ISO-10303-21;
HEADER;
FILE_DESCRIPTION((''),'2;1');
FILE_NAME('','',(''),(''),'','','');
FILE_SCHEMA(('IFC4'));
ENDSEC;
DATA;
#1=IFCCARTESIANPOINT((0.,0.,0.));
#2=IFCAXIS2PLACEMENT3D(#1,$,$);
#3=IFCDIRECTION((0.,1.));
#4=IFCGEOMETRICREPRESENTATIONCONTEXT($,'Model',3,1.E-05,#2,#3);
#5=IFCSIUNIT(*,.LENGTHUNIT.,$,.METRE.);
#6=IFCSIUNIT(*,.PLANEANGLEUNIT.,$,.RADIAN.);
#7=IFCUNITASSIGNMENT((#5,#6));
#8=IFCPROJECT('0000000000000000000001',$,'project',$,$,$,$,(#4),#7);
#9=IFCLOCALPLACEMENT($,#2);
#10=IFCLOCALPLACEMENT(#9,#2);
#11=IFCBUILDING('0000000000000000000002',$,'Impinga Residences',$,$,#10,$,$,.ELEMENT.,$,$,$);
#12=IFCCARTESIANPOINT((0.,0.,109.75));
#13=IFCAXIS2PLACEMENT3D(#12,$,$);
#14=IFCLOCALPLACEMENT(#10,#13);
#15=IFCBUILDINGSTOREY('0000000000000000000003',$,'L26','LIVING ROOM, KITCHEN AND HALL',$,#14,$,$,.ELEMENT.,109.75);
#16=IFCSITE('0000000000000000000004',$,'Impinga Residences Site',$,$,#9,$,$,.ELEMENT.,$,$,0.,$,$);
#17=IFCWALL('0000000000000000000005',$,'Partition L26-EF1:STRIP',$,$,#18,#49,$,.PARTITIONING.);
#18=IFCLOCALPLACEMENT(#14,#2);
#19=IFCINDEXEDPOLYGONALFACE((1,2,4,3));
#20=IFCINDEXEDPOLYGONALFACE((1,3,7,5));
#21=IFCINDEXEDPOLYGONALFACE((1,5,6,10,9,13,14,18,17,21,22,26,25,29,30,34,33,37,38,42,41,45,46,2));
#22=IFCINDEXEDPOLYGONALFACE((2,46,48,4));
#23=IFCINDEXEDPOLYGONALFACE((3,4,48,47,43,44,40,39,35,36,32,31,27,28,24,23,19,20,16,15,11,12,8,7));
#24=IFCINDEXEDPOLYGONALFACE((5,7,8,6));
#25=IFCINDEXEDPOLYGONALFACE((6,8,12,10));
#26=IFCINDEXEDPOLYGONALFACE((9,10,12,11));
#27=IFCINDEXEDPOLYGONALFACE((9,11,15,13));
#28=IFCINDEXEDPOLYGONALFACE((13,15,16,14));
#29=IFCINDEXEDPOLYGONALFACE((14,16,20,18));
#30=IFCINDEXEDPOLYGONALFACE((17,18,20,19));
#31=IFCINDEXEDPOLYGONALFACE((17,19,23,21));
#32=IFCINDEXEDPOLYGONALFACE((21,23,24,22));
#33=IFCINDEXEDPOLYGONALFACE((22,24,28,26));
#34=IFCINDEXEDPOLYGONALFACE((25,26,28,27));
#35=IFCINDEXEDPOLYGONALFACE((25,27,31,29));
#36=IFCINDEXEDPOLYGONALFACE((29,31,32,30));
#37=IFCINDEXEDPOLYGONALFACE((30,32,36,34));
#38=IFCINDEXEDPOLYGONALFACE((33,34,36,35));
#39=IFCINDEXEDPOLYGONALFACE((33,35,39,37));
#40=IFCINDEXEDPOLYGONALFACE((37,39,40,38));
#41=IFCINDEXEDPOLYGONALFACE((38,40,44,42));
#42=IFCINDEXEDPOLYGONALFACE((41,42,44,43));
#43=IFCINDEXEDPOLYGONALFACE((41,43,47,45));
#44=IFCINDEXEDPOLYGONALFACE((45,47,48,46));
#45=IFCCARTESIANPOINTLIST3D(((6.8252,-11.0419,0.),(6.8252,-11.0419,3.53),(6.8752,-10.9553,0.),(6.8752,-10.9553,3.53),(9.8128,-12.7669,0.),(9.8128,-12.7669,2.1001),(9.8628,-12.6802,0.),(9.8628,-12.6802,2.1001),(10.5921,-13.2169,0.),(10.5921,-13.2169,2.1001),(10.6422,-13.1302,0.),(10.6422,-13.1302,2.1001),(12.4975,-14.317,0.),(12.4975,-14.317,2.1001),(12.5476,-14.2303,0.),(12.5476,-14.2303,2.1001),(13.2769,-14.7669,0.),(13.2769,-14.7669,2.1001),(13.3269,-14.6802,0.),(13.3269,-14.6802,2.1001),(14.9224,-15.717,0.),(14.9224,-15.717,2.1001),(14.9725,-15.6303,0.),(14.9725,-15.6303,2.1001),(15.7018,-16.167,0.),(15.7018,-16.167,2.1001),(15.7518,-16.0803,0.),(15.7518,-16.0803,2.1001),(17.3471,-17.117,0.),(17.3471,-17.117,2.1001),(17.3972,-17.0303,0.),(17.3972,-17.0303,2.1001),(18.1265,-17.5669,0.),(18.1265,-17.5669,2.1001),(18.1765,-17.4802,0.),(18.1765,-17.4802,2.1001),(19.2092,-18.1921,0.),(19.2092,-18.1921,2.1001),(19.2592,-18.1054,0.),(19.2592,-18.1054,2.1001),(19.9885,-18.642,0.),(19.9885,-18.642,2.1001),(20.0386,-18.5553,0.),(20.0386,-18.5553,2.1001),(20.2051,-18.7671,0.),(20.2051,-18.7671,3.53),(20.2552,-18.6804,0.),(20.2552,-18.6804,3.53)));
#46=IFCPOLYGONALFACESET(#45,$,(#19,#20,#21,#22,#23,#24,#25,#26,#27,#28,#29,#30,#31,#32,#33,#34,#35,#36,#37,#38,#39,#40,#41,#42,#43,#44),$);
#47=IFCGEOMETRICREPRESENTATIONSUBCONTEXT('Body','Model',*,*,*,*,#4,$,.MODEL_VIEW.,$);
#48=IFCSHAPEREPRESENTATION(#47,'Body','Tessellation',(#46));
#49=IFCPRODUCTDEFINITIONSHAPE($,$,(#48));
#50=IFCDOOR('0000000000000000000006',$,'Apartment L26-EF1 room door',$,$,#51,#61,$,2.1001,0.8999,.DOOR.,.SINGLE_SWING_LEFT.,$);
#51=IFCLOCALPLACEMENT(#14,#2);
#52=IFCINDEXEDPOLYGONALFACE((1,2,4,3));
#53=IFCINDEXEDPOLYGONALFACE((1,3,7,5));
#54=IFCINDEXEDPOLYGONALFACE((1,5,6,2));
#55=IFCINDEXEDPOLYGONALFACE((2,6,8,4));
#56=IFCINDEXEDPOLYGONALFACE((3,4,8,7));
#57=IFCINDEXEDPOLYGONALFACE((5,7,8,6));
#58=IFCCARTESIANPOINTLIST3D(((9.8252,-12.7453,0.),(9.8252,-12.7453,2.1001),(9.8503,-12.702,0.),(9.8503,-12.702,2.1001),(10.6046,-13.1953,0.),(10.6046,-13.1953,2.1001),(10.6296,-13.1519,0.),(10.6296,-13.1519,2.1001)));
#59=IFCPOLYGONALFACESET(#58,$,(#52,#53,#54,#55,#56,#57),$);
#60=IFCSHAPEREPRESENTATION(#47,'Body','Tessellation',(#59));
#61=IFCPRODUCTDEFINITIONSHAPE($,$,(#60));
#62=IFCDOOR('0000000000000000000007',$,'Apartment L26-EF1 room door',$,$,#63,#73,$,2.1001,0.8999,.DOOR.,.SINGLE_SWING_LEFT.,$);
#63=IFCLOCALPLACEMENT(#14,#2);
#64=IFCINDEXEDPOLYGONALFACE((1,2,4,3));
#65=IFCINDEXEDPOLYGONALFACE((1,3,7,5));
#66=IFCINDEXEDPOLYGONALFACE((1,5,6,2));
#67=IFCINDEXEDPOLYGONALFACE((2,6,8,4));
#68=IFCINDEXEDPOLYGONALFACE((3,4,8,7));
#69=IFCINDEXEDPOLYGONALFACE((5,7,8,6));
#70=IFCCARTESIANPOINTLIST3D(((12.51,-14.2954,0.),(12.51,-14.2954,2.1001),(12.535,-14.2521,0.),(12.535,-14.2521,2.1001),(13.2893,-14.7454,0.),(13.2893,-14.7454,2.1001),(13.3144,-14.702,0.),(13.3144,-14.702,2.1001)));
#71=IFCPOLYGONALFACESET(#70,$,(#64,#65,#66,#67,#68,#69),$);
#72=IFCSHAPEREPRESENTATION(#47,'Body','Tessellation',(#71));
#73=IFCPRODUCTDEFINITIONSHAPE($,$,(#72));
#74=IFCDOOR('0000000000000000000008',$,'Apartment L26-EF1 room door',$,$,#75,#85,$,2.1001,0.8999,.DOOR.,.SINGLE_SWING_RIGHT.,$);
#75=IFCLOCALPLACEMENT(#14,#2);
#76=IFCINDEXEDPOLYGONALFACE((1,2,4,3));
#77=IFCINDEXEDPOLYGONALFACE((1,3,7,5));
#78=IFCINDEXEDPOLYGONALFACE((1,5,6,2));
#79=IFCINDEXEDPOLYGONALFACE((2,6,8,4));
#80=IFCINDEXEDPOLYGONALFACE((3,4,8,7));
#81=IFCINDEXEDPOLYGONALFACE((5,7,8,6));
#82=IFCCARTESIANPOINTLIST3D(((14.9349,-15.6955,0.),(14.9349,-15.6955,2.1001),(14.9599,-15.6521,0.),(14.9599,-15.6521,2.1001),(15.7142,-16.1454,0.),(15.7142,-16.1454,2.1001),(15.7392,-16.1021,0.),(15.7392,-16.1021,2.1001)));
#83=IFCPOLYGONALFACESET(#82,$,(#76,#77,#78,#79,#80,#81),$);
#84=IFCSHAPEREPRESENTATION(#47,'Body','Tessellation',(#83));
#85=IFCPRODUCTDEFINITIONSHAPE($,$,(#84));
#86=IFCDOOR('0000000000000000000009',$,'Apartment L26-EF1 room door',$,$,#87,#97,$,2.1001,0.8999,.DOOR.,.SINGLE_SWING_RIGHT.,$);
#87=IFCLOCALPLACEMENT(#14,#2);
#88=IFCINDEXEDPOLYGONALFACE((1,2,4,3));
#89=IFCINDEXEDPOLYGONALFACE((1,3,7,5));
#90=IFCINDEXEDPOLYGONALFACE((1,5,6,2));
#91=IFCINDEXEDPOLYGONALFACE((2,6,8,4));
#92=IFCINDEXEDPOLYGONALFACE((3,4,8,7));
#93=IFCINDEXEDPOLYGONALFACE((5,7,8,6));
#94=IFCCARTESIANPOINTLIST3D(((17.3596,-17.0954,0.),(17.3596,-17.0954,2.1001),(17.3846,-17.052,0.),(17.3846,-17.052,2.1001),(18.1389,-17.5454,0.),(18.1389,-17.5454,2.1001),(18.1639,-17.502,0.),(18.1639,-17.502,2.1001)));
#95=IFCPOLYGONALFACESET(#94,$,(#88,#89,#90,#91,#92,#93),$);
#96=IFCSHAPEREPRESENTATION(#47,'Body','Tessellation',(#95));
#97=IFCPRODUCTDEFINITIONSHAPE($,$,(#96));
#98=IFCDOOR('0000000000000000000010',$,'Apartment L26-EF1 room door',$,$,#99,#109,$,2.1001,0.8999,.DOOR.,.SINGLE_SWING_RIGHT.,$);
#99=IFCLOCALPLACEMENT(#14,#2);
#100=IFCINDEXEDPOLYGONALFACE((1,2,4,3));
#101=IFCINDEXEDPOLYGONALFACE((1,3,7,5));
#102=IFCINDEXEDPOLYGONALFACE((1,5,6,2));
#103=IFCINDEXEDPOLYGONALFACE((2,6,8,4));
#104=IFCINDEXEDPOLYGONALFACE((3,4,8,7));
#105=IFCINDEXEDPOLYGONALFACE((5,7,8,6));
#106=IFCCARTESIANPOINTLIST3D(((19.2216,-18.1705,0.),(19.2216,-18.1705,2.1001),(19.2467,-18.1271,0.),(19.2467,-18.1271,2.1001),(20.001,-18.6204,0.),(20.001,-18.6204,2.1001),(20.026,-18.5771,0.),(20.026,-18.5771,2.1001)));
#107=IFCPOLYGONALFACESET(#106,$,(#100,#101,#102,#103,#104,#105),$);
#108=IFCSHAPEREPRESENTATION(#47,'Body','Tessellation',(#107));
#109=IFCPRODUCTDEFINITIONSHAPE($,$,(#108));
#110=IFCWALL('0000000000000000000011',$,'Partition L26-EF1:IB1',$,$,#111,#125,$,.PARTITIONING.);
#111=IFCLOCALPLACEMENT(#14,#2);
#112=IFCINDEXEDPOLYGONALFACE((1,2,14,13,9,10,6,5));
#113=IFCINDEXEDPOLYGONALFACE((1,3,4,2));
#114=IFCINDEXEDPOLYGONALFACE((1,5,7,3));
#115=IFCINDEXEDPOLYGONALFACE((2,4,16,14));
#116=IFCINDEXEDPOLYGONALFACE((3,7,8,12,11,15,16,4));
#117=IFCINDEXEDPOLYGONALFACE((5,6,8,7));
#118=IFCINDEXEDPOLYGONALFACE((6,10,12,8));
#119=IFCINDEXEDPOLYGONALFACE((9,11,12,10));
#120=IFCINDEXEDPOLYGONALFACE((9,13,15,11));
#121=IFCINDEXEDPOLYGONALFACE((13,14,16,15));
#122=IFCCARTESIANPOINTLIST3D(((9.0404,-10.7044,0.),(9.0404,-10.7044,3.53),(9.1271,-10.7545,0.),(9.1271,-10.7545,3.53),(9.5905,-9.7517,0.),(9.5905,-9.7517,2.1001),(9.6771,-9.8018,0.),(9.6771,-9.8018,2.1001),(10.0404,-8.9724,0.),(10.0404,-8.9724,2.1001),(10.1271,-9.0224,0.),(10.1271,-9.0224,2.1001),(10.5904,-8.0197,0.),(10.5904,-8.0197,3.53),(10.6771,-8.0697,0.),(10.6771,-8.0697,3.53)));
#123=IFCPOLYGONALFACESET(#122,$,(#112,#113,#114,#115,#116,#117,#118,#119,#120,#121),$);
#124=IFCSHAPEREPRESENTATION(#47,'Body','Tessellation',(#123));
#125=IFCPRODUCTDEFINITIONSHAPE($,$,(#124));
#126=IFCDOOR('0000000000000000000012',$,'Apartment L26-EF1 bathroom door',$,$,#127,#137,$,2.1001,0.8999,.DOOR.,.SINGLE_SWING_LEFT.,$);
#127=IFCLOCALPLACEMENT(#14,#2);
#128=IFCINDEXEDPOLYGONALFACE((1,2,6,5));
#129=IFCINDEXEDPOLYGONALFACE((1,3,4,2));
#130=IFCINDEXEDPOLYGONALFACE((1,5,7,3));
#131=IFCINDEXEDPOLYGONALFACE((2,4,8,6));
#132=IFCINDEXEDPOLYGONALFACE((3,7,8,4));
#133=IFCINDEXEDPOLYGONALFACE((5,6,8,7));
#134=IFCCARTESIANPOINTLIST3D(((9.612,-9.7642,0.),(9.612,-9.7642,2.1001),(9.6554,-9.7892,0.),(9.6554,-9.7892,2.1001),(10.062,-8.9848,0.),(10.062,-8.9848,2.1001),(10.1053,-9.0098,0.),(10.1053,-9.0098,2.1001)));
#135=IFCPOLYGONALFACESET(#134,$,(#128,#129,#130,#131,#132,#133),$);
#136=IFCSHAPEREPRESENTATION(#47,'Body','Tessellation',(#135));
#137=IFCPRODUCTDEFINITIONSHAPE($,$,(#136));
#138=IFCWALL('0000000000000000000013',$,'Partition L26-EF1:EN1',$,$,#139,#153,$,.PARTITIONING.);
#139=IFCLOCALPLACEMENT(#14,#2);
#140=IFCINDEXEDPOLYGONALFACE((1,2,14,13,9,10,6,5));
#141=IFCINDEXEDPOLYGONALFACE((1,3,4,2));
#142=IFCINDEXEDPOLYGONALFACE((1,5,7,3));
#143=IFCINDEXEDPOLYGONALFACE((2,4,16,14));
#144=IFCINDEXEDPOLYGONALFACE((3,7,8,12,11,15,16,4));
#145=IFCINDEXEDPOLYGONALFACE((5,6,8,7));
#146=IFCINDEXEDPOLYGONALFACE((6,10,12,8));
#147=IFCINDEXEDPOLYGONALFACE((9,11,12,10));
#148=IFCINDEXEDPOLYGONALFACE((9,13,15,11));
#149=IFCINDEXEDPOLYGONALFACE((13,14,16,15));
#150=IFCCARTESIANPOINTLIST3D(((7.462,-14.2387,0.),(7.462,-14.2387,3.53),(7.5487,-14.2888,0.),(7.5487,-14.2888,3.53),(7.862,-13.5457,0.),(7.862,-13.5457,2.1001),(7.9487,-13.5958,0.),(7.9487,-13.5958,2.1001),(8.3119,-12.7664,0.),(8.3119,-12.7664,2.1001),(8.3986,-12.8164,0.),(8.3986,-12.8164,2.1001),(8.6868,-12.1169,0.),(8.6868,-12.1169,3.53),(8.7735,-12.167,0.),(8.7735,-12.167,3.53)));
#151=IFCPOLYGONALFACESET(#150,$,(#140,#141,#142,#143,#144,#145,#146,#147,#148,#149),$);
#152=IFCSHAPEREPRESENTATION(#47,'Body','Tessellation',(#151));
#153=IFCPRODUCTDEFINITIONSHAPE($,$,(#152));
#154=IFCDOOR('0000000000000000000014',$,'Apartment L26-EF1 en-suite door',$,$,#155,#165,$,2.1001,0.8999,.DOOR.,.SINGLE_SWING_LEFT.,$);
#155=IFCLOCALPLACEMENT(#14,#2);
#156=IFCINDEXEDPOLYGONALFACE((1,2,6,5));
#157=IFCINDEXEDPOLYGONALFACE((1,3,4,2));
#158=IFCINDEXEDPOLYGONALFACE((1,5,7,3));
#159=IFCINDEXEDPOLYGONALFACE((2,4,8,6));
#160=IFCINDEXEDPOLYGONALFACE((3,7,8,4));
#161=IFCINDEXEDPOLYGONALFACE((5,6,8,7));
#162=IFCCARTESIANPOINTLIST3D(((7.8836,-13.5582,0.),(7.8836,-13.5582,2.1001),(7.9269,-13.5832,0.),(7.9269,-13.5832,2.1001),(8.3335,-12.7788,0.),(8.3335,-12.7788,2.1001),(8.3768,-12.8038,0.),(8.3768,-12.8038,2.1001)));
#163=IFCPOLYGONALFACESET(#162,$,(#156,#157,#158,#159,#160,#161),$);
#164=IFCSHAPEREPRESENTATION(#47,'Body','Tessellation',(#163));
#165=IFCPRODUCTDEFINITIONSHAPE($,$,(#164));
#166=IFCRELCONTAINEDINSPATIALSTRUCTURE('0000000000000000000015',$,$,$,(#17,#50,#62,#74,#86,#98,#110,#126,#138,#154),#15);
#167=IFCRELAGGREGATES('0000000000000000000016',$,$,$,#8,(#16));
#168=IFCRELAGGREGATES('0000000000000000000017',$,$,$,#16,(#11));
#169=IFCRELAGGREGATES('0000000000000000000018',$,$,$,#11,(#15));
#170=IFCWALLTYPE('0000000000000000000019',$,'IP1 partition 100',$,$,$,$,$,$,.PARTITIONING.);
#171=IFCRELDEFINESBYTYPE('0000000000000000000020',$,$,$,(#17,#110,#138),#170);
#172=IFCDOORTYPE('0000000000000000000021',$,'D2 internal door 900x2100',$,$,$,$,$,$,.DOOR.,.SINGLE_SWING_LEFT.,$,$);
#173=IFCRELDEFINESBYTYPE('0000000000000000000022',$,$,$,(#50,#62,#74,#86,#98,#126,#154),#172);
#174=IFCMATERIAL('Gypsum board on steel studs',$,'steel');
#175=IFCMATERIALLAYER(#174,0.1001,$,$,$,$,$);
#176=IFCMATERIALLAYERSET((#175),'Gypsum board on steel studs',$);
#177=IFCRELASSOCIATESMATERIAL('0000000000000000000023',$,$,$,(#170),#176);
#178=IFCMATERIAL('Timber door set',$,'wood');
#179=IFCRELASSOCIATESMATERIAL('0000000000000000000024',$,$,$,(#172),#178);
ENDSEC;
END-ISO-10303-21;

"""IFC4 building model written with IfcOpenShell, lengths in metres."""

from ifc_helpers import new_model, si_unit, direction, frame, frame_2d, origin, place, context, subcontext, project, spatial, rectangle, extrude, material, layer, layer_set, type_object, element, fill, save


model = new_model("IFC4")

# Units and contexts
model_context = context("Model", 3, precision=1e-05, world=origin(), true_north=direction((0.0, 1.0)))
body_context = subcontext(model_context, "Body", "Model", "MODEL_VIEW")
ifc_project = project(units=[si_unit("LENGTHUNIT", "METRE"), si_unit("PLANEANGLEUNIT", "RADIAN")], contexts=[model_context])

# Site, building, storey
site_placement = place(None, origin())
site = spatial("IfcSite", under=ifc_project, at=site_placement, Name="Impinga Residences Site", CompositionType="ELEMENT", RefElevation=0.0)
building_placement = place(site_placement, origin())
building = spatial("IfcBuilding", under=site, at=building_placement, Name="Impinga Residences", CompositionType="ELEMENT")
storey_placement = place(building_placement, frame((0.0, 0.0, 109.75)))
storey = spatial("IfcBuildingStorey", under=building, at=storey_placement, Name="L26", Description="LIVING ROOM, KITCHEN AND HALL", CompositionType="ELEMENT", Elevation=109.75)

# Shared definitions
ifc_material_1 = material(Name="Gypsum board on steel studs", Category="steel")
ifc_layer_1 = layer(ifc_material_1, 0.1001)
ifc_layer_set_1 = layer_set([ifc_layer_1], Name="Gypsum board on steel studs")
wall_type_1 = type_object("IfcWallType", Name="IP1 partition 100", PredefinedType="PARTITIONING", material=ifc_layer_set_1)

# Wall, openings, doors
wall_1_placement = place(storey_placement, frame((6.8501, -10.9985, 0.0), z_axis=(0.0, 0.0, 1.0), x_axis=(0.866019, -0.500011, 0.0)))
wall_1 = element("IfcWall", 1, at=wall_1_placement, inside=storey, type_object=wall_type_1, Name="Partition L26-EF1:STRIP", PredefinedType="PARTITIONING", context=body_context, shape_type="SweptSolid", body=[
    extrude(rectangle(XDim=15.45, YDim=0.1001, at=frame_2d((7.7251, 0.0))), origin(), (0.0, 0.0, 1.0), 3.53),
])
opening_1_placement = place(wall_1_placement, frame((3.45, 0.0, 0.0)))
opening_1 = element("IfcOpeningElement", 2, at=opening_1_placement, cuts=wall_1, PredefinedType="OPENING", context=body_context, shape_type="SweptSolid", body=[
    extrude(rectangle(XDim=0.8999, YDim=2.1001, at=frame_2d((0.45, 1.05))), frame((0.0, 0.0601, 0.0), z_axis=(0.0, -1.0, 0.0), x_axis=(1.0, 0.0, 0.0)), (0.0, 0.0, 1.0), 0.1201),
])
opening_2_placement = place(wall_1_placement, frame((6.55, 0.0, 0.0)))
opening_2 = element("IfcOpeningElement", 3, at=opening_2_placement, cuts=wall_1, PredefinedType="OPENING", context=body_context, shape_type="SweptSolid", body=[
    extrude(rectangle(XDim=0.8999, YDim=2.1001, at=frame_2d((0.45, 1.05))), frame((0.0, 0.0601, 0.0), z_axis=(0.0, -1.0, 0.0), x_axis=(1.0, 0.0, 0.0)), (0.0, 0.0, 1.0), 0.1201),
])
opening_3_placement = place(wall_1_placement, frame((9.3501, 0.0, 0.0)))
opening_3 = element("IfcOpeningElement", 4, at=opening_3_placement, cuts=wall_1, PredefinedType="OPENING", context=body_context, shape_type="SweptSolid", body=[
    extrude(rectangle(XDim=0.8999, YDim=2.1001, at=frame_2d((0.45, 1.05))), frame((0.0, 0.0601, 0.0), z_axis=(0.0, -1.0, 0.0), x_axis=(1.0, 0.0, 0.0)), (0.0, 0.0, 1.0), 0.1201),
])
opening_4_placement = place(wall_1_placement, frame((12.1499, 0.0, 0.0)))
opening_4 = element("IfcOpeningElement", 5, at=opening_4_placement, cuts=wall_1, PredefinedType="OPENING", context=body_context, shape_type="SweptSolid", body=[
    extrude(rectangle(XDim=0.8999, YDim=2.1001, at=frame_2d((0.45, 1.05))), frame((0.0, 0.0601, 0.0), z_axis=(0.0, -1.0, 0.0), x_axis=(1.0, 0.0, 0.0)), (0.0, 0.0, 1.0), 0.1201),
])
opening_5_placement = place(wall_1_placement, frame((14.3, 0.0, 0.0)))
opening_5 = element("IfcOpeningElement", 6, at=opening_5_placement, cuts=wall_1, PredefinedType="OPENING", context=body_context, shape_type="SweptSolid", body=[
    extrude(rectangle(XDim=0.8999, YDim=2.1001, at=frame_2d((0.45, 1.05))), frame((0.0, 0.0601, 0.0), z_axis=(0.0, -1.0, 0.0), x_axis=(1.0, 0.0, 0.0)), (0.0, 0.0, 1.0), 0.1201),
])
ifc_material_2 = material(Name="Timber door set", Category="wood")
door_type_1 = type_object("IfcDoorType", Name="D2 internal door 900x2100", OperationType="SINGLE_SWING_LEFT", PredefinedType="DOOR", material=ifc_material_2)
door_1_placement = place(opening_1_placement, origin())
door_1 = element("IfcDoor", 7, at=door_1_placement, inside=storey, type_object=door_type_1, Name="Apartment L26-EF1 room door", OperationType="SINGLE_SWING_LEFT", OverallHeight=2.1001, OverallWidth=0.8999, PredefinedType="DOOR", context=body_context, shape_type="SweptSolid", body=[
    extrude(rectangle(XDim=0.8999, YDim=2.1001, at=frame_2d((0.45, 1.05))), frame((0.0, 0.0249, 0.0), z_axis=(0.0, -1.0, 0.0), x_axis=(1.0, 0.0, 0.0)), (0.0, 0.0, 1.0), 0.05),
])
fill(opening_1, door_1)
door_2_placement = place(opening_2_placement, origin())
door_2 = element("IfcDoor", 8, at=door_2_placement, inside=storey, type_object=door_type_1, Name="Apartment L26-EF1 room door", OperationType="SINGLE_SWING_LEFT", OverallHeight=2.1001, OverallWidth=0.8999, PredefinedType="DOOR", context=body_context, shape_type="SweptSolid", body=[
    extrude(rectangle(XDim=0.8999, YDim=2.1001, at=frame_2d((0.45, 1.05))), frame((0.0, 0.0249, 0.0), z_axis=(0.0, -1.0, 0.0), x_axis=(1.0, 0.0, 0.0)), (0.0, 0.0, 1.0), 0.05),
])
fill(opening_2, door_2)
door_3_placement = place(opening_3_placement, origin())
door_3 = element("IfcDoor", 9, at=door_3_placement, inside=storey, type_object=door_type_1, Name="Apartment L26-EF1 room door", OperationType="SINGLE_SWING_RIGHT", OverallHeight=2.1001, OverallWidth=0.8999, PredefinedType="DOOR", context=body_context, shape_type="SweptSolid", body=[
    extrude(rectangle(XDim=0.8999, YDim=2.1001, at=frame_2d((0.45, 1.05))), frame((0.0, 0.0249, 0.0), z_axis=(0.0, -1.0, 0.0), x_axis=(1.0, 0.0, 0.0)), (0.0, 0.0, 1.0), 0.05),
])
fill(opening_3, door_3)
door_4_placement = place(opening_4_placement, origin())
door_4 = element("IfcDoor", 10, at=door_4_placement, inside=storey, type_object=door_type_1, Name="Apartment L26-EF1 room door", OperationType="SINGLE_SWING_RIGHT", OverallHeight=2.1001, OverallWidth=0.8999, PredefinedType="DOOR", context=body_context, shape_type="SweptSolid", body=[
    extrude(rectangle(XDim=0.8999, YDim=2.1001, at=frame_2d((0.45, 1.05))), frame((0.0, 0.0249, 0.0), z_axis=(0.0, -1.0, 0.0), x_axis=(1.0, 0.0, 0.0)), (0.0, 0.0, 1.0), 0.05),
])
fill(opening_4, door_4)
door_5_placement = place(opening_5_placement, origin())
door_5 = element("IfcDoor", 11, at=door_5_placement, inside=storey, type_object=door_type_1, Name="Apartment L26-EF1 room door", OperationType="SINGLE_SWING_RIGHT", OverallHeight=2.1001, OverallWidth=0.8999, PredefinedType="DOOR", context=body_context, shape_type="SweptSolid", body=[
    extrude(rectangle(XDim=0.8999, YDim=2.1001, at=frame_2d((0.45, 1.05))), frame((0.0, 0.0249, 0.0), z_axis=(0.0, -1.0, 0.0), x_axis=(1.0, 0.0, 0.0)), (0.0, 0.0, 1.0), 0.05),
])
fill(opening_5, door_5)

# Walls, openings, doors
wall_2_placement = place(storey_placement, frame((10.6338, -8.0447, 0.0), z_axis=(0.0, 0.0, 1.0), x_axis=(-0.499993, -0.86603, 0.0)))
wall_2 = element("IfcWall", 12, at=wall_2_placement, inside=storey, type_object=wall_type_1, Name="Partition L26-EF1:IB1", PredefinedType="PARTITIONING", context=body_context, shape_type="SweptSolid", body=[
    extrude(rectangle(XDim=3.1001, YDim=0.1001, at=frame_2d((1.55, 0.0))), origin(), (0.0, 0.0, 1.0), 3.53),
])
opening_6_placement = place(wall_2_placement, frame((1.1001, 0.0, 0.0)))
opening_6 = element("IfcOpeningElement", 13, at=opening_6_placement, cuts=wall_2, PredefinedType="OPENING", context=body_context, shape_type="SweptSolid", body=[
    extrude(rectangle(XDim=0.8999, YDim=2.1001, at=frame_2d((0.45, 1.05))), frame((0.0, 0.0601, 0.0), z_axis=(0.0, -1.0, 0.0), x_axis=(1.0, 0.0, 0.0)), (0.0, 0.0, 1.0), 0.1201),
])
door_6_placement = place(opening_6_placement, origin())
door_6 = element("IfcDoor", 14, at=door_6_placement, inside=storey, type_object=door_type_1, Name="Apartment L26-EF1 bathroom door", OperationType="SINGLE_SWING_LEFT", OverallHeight=2.1001, OverallWidth=0.8999, PredefinedType="DOOR", context=body_context, shape_type="SweptSolid", body=[
    extrude(rectangle(XDim=0.8999, YDim=2.1001, at=frame_2d((0.45, 1.05))), frame((0.0, 0.0249, 0.0), z_axis=(0.0, -1.0, 0.0), x_axis=(1.0, 0.0, 0.0)), (0.0, 0.0, 1.0), 0.05),
])
fill(opening_6, door_6)
wall_3_placement = place(storey_placement, frame((8.7302, -12.1418, 0.0), z_axis=(0.0, 0.0, 1.0), x_axis=(-0.499944, -0.866058, 0.0)))
wall_3 = element("IfcWall", 15, at=wall_3_placement, inside=storey, type_object=wall_type_1, Name="Partition L26-EF1:EN1", PredefinedType="PARTITIONING", context=body_context, shape_type="SweptSolid", body=[
    extrude(rectangle(XDim=2.45, YDim=0.1001, at=frame_2d((1.2251, 0.0))), origin(), (0.0, 0.0, 1.0), 3.53),
])
opening_7_placement = place(wall_3_placement, frame((0.75, 0.0, 0.0)))
opening_7 = element("IfcOpeningElement", 16, at=opening_7_placement, cuts=wall_3, PredefinedType="OPENING", context=body_context, shape_type="SweptSolid", body=[
    extrude(rectangle(XDim=0.8999, YDim=2.1001, at=frame_2d((0.45, 1.05))), frame((0.0, 0.0601, 0.0), z_axis=(0.0, -1.0, 0.0), x_axis=(1.0, 0.0, 0.0)), (0.0, 0.0, 1.0), 0.1201),
])
door_7_placement = place(opening_7_placement, origin())
door_7 = element("IfcDoor", 17, at=door_7_placement, inside=storey, type_object=door_type_1, Name="Apartment L26-EF1 en-suite door", OperationType="SINGLE_SWING_LEFT", OverallHeight=2.1001, OverallWidth=0.8999, PredefinedType="DOOR", context=body_context, shape_type="SweptSolid", body=[
    extrude(rectangle(XDim=0.8999, YDim=2.1001, at=frame_2d((0.45, 1.05))), frame((0.0, 0.0249, 0.0), z_axis=(0.0, -1.0, 0.0), x_axis=(1.0, 0.0, 0.0)), (0.0, 0.0, 1.0), 0.05),
])
fill(opening_7, door_7)

save(model, "model.ifc")
